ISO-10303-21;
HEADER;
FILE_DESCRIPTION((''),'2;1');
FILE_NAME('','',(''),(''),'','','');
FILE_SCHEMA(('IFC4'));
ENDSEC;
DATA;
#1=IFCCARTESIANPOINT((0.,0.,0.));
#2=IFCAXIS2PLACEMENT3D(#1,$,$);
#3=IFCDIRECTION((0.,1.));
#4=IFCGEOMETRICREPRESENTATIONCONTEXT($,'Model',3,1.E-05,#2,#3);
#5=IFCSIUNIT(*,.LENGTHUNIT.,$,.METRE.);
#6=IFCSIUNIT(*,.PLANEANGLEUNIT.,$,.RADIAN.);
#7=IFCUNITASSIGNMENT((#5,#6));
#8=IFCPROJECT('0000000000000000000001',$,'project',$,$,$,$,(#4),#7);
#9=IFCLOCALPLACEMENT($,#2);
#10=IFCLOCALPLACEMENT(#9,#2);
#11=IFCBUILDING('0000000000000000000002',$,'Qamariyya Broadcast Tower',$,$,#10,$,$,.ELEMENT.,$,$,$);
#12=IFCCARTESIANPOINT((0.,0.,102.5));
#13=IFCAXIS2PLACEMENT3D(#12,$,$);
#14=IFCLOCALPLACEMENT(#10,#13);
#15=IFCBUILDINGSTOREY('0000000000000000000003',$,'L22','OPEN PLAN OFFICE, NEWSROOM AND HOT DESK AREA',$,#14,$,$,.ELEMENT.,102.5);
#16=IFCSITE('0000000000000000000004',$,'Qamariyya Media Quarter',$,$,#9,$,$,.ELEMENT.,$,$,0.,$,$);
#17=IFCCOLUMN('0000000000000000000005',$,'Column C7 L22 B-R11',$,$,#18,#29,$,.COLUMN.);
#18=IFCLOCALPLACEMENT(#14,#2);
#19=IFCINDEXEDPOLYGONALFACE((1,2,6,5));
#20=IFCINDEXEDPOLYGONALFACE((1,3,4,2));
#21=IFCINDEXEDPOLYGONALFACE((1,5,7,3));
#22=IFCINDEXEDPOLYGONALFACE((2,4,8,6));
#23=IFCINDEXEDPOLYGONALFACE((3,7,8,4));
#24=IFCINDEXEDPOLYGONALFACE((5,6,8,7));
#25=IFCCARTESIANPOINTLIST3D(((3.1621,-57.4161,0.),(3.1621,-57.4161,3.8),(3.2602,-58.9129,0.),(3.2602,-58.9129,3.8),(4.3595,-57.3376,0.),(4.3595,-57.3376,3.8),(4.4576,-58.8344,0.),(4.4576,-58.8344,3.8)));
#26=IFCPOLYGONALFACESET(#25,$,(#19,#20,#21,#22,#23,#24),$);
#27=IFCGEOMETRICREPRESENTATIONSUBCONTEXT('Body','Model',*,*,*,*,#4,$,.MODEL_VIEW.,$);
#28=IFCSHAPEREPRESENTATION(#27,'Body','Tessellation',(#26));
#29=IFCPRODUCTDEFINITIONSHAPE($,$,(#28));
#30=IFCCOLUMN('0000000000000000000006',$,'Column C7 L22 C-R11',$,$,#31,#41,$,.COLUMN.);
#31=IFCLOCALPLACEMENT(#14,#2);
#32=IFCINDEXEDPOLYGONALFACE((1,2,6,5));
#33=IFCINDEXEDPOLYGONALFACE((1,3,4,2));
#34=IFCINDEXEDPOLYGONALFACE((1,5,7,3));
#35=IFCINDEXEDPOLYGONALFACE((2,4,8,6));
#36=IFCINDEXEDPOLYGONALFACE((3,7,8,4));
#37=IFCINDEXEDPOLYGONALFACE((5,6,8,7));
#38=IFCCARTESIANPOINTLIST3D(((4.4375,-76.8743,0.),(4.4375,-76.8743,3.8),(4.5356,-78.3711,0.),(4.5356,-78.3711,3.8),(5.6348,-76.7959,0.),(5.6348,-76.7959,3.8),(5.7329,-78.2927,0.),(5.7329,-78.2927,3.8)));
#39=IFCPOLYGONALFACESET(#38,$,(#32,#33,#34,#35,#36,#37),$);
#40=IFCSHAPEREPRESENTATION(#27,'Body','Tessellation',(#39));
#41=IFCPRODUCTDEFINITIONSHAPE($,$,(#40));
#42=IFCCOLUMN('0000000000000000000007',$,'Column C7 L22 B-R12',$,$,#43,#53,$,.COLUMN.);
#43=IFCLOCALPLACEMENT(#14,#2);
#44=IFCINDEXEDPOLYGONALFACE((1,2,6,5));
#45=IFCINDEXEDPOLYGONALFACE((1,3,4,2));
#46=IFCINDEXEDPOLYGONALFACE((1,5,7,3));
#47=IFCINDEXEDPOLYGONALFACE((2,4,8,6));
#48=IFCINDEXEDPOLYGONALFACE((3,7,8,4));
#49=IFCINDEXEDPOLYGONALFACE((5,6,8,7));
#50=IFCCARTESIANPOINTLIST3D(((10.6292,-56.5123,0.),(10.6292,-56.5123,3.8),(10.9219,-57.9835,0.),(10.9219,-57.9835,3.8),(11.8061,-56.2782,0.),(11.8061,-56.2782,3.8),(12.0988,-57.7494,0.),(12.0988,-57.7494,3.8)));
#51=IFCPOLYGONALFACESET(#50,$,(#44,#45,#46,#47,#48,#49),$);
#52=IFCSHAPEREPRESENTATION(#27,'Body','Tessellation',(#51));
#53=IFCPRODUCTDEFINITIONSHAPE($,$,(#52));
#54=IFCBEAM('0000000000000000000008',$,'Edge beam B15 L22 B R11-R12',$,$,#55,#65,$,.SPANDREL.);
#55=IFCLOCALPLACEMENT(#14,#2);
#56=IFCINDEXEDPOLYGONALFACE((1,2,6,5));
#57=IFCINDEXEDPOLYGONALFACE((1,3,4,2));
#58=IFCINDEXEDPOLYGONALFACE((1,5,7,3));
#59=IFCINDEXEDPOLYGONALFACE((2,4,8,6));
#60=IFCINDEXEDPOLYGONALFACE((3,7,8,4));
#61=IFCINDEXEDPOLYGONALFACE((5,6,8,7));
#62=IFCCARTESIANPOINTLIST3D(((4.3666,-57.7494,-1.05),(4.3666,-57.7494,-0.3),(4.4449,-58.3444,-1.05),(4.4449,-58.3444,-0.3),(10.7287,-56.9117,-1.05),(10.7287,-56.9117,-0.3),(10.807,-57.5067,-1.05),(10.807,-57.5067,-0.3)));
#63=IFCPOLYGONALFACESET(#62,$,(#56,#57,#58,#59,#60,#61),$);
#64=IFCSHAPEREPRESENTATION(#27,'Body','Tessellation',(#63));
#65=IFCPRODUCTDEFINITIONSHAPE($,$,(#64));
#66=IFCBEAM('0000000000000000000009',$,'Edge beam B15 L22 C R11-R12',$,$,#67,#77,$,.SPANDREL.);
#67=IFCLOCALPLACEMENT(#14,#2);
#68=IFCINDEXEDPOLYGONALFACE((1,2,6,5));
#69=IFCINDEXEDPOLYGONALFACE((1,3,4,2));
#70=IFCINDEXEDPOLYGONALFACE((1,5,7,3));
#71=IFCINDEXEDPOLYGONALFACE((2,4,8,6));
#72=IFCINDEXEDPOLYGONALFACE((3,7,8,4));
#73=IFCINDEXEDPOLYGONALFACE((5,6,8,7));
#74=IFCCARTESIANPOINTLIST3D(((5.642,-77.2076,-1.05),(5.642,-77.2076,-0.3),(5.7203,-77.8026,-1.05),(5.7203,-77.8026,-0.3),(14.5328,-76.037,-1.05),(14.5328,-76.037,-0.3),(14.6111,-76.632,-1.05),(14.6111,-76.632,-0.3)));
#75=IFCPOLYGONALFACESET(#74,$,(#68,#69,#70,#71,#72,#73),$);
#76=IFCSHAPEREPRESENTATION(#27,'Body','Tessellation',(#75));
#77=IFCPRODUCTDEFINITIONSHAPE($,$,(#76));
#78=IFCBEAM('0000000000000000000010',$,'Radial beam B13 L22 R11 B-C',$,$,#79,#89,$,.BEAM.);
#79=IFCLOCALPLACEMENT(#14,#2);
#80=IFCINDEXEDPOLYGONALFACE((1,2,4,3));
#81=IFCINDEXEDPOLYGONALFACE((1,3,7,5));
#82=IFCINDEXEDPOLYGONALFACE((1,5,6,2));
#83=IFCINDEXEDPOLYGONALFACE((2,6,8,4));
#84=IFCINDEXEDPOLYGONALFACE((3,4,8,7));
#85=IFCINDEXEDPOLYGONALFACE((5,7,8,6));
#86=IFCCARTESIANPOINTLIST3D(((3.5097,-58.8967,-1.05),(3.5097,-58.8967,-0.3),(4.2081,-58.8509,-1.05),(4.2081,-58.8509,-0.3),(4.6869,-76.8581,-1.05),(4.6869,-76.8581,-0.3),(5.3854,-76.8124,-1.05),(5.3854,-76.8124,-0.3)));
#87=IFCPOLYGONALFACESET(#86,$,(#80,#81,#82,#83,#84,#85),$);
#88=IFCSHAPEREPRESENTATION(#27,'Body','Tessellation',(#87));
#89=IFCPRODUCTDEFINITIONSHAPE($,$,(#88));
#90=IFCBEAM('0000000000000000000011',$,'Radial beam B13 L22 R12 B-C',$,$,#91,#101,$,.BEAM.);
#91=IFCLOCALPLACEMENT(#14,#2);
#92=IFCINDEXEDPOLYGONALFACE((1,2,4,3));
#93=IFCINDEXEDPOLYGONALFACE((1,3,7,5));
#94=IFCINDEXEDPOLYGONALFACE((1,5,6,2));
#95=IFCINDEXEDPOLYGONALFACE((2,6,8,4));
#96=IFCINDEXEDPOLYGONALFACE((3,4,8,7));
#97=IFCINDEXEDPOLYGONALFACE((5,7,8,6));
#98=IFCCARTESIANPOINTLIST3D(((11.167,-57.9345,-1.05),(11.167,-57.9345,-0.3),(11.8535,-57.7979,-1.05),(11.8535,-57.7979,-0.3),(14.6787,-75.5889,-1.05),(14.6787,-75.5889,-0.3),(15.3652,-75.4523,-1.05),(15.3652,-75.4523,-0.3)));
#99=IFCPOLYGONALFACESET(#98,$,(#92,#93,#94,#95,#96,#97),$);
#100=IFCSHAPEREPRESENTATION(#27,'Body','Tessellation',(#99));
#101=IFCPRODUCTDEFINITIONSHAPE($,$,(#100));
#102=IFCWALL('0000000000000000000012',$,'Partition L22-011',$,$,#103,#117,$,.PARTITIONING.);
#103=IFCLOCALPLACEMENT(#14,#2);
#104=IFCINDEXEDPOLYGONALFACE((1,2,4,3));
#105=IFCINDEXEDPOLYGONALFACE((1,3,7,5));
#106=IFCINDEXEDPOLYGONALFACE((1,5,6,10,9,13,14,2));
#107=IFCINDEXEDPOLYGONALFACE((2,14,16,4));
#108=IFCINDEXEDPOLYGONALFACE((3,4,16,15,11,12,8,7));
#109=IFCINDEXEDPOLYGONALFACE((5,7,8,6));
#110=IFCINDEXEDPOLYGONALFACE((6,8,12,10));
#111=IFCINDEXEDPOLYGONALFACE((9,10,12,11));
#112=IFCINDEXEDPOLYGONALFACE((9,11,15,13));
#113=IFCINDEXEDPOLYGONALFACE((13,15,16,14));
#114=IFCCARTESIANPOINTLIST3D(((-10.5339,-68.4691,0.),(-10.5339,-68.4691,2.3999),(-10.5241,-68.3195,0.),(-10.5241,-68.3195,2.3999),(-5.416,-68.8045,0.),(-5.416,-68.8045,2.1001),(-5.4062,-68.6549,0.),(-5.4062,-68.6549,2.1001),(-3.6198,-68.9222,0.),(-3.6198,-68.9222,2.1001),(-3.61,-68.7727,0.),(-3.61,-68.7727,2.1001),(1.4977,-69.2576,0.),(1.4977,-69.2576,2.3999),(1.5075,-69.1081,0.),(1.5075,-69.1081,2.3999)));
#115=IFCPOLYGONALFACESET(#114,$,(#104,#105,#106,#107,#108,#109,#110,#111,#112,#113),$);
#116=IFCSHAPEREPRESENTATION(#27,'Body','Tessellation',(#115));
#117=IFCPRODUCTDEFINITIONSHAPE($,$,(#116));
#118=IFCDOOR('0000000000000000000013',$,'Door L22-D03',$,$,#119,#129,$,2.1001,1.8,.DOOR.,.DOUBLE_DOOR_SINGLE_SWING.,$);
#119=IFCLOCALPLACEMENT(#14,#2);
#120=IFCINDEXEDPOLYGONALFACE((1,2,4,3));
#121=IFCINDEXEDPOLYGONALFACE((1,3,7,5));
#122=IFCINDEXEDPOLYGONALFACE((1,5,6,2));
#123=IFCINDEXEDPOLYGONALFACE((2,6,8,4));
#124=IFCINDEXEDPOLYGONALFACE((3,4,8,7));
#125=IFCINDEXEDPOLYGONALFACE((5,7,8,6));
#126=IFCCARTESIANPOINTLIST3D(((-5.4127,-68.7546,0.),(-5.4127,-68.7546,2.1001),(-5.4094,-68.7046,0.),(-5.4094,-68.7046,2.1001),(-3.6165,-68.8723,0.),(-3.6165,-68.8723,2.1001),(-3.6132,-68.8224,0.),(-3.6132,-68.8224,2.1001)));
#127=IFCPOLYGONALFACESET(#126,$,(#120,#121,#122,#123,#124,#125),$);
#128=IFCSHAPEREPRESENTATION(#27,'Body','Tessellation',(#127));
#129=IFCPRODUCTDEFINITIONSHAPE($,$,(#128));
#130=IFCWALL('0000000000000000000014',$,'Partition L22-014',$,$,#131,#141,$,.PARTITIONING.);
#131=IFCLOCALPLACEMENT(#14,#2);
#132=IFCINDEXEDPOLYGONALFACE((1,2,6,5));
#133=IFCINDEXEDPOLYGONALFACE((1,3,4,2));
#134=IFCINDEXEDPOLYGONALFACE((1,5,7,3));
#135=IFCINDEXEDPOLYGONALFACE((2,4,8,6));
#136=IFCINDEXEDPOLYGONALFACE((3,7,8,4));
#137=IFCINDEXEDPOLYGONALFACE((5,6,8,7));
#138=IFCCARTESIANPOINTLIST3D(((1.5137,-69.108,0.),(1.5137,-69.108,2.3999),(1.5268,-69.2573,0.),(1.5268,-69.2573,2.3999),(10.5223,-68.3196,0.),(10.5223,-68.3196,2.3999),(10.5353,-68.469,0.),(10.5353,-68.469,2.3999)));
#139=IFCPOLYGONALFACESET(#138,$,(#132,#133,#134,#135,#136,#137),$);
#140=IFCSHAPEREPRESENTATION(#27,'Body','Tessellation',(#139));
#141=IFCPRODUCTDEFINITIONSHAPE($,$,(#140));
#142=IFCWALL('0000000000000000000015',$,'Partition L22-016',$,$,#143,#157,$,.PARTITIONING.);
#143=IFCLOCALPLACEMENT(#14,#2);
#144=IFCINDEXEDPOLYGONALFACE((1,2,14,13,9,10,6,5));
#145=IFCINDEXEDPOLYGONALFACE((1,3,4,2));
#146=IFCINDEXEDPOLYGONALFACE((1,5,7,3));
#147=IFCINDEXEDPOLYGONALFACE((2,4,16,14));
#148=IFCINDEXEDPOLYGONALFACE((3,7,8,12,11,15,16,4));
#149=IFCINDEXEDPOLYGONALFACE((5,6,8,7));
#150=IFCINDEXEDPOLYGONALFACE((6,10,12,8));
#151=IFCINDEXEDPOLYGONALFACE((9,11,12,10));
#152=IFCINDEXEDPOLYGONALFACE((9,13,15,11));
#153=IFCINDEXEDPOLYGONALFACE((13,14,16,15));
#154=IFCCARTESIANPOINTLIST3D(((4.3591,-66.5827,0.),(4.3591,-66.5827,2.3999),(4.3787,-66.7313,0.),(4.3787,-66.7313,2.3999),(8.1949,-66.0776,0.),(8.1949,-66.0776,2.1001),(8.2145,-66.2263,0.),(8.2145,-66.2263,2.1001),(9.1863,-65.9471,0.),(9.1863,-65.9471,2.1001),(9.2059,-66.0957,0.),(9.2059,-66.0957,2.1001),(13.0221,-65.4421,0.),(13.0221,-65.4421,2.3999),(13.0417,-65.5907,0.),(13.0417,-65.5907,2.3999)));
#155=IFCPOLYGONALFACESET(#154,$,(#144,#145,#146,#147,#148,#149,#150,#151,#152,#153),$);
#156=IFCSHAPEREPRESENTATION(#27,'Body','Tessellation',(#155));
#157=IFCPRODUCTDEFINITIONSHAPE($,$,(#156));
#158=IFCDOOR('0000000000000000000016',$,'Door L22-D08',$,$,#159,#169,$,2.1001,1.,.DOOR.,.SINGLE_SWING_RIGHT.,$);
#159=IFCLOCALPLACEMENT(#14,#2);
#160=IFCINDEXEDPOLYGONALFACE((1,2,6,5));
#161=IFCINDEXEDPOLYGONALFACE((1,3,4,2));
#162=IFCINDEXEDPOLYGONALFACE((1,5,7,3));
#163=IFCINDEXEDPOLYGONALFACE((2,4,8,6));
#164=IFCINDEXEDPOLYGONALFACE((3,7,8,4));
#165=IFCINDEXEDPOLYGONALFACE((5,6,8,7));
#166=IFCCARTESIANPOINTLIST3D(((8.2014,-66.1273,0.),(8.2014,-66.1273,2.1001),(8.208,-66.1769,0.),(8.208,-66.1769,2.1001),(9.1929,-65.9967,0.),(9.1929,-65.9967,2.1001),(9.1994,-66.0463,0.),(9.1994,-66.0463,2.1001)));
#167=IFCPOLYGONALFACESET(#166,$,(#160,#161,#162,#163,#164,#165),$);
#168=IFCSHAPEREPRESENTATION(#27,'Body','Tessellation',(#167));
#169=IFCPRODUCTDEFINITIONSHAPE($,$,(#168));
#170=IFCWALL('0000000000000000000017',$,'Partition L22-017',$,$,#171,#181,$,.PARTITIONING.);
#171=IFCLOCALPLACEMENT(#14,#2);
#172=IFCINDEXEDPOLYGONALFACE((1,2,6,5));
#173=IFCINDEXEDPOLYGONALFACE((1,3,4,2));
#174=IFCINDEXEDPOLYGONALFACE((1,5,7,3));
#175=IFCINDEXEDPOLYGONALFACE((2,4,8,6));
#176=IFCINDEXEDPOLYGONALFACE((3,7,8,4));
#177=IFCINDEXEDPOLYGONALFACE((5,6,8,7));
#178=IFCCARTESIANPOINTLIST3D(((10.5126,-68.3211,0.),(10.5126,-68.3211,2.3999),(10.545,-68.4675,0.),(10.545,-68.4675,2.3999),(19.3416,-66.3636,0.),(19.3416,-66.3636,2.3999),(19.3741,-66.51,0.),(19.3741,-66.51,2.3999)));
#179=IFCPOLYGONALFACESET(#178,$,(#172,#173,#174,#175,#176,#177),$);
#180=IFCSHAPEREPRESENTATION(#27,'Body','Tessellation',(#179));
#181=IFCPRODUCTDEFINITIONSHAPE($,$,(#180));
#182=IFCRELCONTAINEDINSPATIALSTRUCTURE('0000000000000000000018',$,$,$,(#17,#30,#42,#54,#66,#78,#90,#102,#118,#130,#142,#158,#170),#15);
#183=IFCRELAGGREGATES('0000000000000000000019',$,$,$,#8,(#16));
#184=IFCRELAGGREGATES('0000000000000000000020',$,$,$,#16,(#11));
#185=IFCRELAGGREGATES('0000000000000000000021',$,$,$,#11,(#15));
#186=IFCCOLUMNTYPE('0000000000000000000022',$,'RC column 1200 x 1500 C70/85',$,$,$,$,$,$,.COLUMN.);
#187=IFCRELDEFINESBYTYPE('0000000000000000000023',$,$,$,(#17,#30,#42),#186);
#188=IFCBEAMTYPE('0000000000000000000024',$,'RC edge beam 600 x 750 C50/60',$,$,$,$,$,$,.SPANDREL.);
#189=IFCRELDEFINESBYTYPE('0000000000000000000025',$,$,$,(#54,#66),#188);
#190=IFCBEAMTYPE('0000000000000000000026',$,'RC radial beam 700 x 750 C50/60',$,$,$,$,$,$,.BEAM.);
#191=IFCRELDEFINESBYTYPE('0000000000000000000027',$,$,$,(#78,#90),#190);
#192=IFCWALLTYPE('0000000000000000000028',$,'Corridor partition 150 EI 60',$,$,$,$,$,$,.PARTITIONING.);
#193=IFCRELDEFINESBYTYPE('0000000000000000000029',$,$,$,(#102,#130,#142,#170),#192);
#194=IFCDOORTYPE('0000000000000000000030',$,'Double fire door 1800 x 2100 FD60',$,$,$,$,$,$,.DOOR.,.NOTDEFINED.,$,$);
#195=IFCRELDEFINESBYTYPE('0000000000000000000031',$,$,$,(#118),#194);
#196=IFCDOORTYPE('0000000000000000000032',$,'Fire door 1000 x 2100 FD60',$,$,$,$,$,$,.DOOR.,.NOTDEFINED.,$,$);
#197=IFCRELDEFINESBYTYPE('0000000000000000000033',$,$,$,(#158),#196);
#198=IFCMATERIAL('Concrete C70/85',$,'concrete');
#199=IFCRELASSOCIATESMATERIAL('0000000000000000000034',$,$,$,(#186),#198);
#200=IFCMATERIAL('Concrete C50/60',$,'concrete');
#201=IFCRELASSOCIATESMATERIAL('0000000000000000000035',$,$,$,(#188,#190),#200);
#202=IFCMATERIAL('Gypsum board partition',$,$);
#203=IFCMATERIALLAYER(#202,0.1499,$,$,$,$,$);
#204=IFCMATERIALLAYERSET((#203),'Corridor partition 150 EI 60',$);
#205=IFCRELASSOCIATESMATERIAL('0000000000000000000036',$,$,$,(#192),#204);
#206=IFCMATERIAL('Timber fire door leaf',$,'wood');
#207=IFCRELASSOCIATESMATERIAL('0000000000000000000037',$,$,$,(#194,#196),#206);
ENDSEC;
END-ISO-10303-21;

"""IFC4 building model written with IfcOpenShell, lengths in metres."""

from ifc_helpers import new_model, si_unit, direction, frame, frame_2d, origin, origin_2d, place, context, subcontext, project, spatial, rectangle, extrude, material, layer, layer_set, material_profile, profile_set, type_object, element, fill, save


model = new_model("IFC4")

# Units and contexts
model_context = context("Model", 3, precision=1e-05, world=origin(), true_north=direction((0.0, 1.0)))
body_context = subcontext(model_context, "Body", "Model", "MODEL_VIEW")
ifc_project = project(units=[si_unit("LENGTHUNIT", "METRE"), si_unit("PLANEANGLEUNIT", "RADIAN")], contexts=[model_context])

# Site, building, storey
site_placement = place(None, origin())
site = spatial("IfcSite", under=ifc_project, at=site_placement, Name="Qamariyya Media Quarter", CompositionType="ELEMENT", RefElevation=0.0)
building_placement = place(site_placement, origin())
building = spatial("IfcBuilding", under=site, at=building_placement, Name="Qamariyya Broadcast Tower", CompositionType="ELEMENT")
storey_placement = place(building_placement, frame((0.0, 0.0, 102.5)))
storey = spatial("IfcBuildingStorey", under=building, at=storey_placement, Name="L22", Description="OPEN PLAN OFFICE, NEWSROOM AND HOT DESK AREA", CompositionType="ELEMENT", Elevation=102.5)

# Columns
ifc_material_1 = material(Name="Concrete C70/85", Category="concrete")
ifc_material_profile_1 = material_profile(ifc_material_1, rectangle(XDim=1.2, YDim=1.5, at=origin_2d()))
ifc_profile_set_1 = profile_set([ifc_material_profile_1], Name="Concrete C70/85")
column_type = type_object("IfcColumnType", Name="RC column 1200 x 1500 C70/85", PredefinedType="COLUMN", material=ifc_profile_set_1)
for number, where, z_axis, x_axis, name in (
    (1, (3.8098, -58.1252, 0.0), (0.0, 0.0, 1.0), (0.997859, 0.065403, 0.0), "Column C7 L22 B-R11"),
    (2, (5.0852, -77.5835, 0.0), (0.0, 0.0, 1.0), (0.997859, 0.065403, 0.0), "Column C7 L22 C-R11"),
    (3, (11.364, -57.1309, 0.0), (0.0, 0.0, 1.0), (0.980785, 0.19509, 0.0), "Column C7 L22 B-R12"),
):
    element("IfcColumn", number, at=place(storey_placement, frame(where, z_axis=z_axis, x_axis=x_axis)), inside=storey, type_object=column_type, Name=name, PredefinedType="COLUMN", context=body_context, shape_type="SweptSolid", body=[
        extrude(rectangle(XDim=1.2, YDim=1.5, at=origin_2d()), origin(), (0.0, 0.0, 1.0), 3.8),
    ])

# Beams
ifc_material_2 = material(Name="Concrete C50/60", Category="concrete")
ifc_material_profile_2 = material_profile(ifc_material_2, rectangle(XDim=0.6001, YDim=0.75, at=origin_2d()))
ifc_profile_set_2 = profile_set([ifc_material_profile_2], Name="Concrete C50/60")
beam_type_1 = type_object("IfcBeamType", Name="RC edge beam 600 x 750 C50/60", PredefinedType="SPANDREL", material=ifc_profile_set_2)
beam_1_placement = place(storey_placement, frame((4.4058, -58.0469, -0.675), z_axis=(0.991444, 0.130536, 0.0), x_axis=(-0.130536, 0.991444, 0.0)))
element("IfcBeam", 4, at=beam_1_placement, inside=storey, type_object=beam_type_1, Name="Edge beam B15 L22 B R11-R12", PredefinedType="SPANDREL", context=body_context, shape_type="SweptSolid", body=[
    extrude(rectangle(XDim=0.6001, YDim=0.75, at=origin_2d()), origin(), (0.0, 0.0, 1.0), 6.417),
])
beam_2_placement = place(storey_placement, frame((5.6812, -77.5051, -0.675), z_axis=(0.991443, 0.130543, 0.0), x_axis=(-0.130543, 0.991443, 0.0)))
element("IfcBeam", 5, at=beam_2_placement, inside=storey, type_object=beam_type_1, Name="Edge beam B15 L22 C R11-R12", PredefinedType="SPANDREL", context=body_context, shape_type="SweptSolid", body=[
    extrude(rectangle(XDim=0.6001, YDim=0.75, at=origin_2d()), origin(), (0.0, 0.0, 1.0), 8.9675),
])
ifc_material_profile_3 = material_profile(ifc_material_2, rectangle(XDim=0.7, YDim=0.75, at=origin_2d()))
ifc_profile_set_3 = profile_set([ifc_material_profile_3], Name="Concrete C50/60")
beam_type_2 = type_object("IfcBeamType", Name="RC radial beam 700 x 750 C50/60", PredefinedType="BEAM", material=ifc_profile_set_3)
beam_3_placement = place(storey_placement, frame((3.8589, -58.8738, -0.675), z_axis=(0.065403, -0.997859, 0.0), x_axis=(0.997859, 0.065403, 0.0)))
element("IfcBeam", 6, at=beam_3_placement, inside=storey, type_object=beam_type_2, Name="Radial beam B13 L22 R11 B-C", PredefinedType="BEAM", context=body_context, shape_type="SweptSolid", body=[
    extrude(rectangle(XDim=0.7, YDim=0.75, at=origin_2d()), origin(), (0.0, 0.0, 1.0), 18.0),
])
beam_4_placement = place(storey_placement, frame((11.5103, -57.8662, -0.675), z_axis=(0.195094, -0.980785, 0.0), x_axis=(0.980785, 0.195094, 0.0)))
element("IfcBeam", 7, at=beam_4_placement, inside=storey, type_object=beam_type_2, Name="Radial beam B13 L22 R12 B-C", PredefinedType="BEAM", context=body_context, shape_type="SweptSolid", body=[
    extrude(rectangle(XDim=0.7, YDim=0.75, at=origin_2d()), origin(), (0.0, 0.0, 1.0), 18.0002),
])

# Wall, opening, door
ifc_material_3 = material(Name="Gypsum board partition")
ifc_layer = layer(ifc_material_3, 0.1499)
ifc_layer_set = layer_set([ifc_layer], Name="Corridor partition 150 EI 60")
wall_type = type_object("IfcWallType", Name="Corridor partition 150 EI 60", PredefinedType="PARTITIONING", material=ifc_layer_set)
wall_1_placement = place(storey_placement, frame((1.5027, -69.1829, 0.0), z_axis=(0.0, 0.0, 1.0), x_axis=(-0.997859, 0.065402, 0.0)))
wall_1 = element("IfcWall", 8, at=wall_1_placement, inside=storey, type_object=wall_type, Name="Partition L22-011", PredefinedType="PARTITIONING", context=body_context, shape_type="SweptSolid", body=[
    extrude(rectangle(XDim=12.0574, YDim=0.1499, at=frame_2d((6.0288, 0.0))), origin(), (0.0, 0.0, 1.0), 2.3999),
])
opening_1_placement = place(wall_1_placement, frame((5.1287, 0.0, 0.0)))
opening_1 = element("IfcOpeningElement", 9, at=opening_1_placement, cuts=wall_1, PredefinedType="OPENING", context=body_context, shape_type="SweptSolid", body=[
    extrude(rectangle(XDim=1.8, YDim=2.1001, at=frame_2d((0.8999, 1.05))), frame((0.0, 0.085, 0.0), z_axis=(0.0, -1.0, 0.0), x_axis=(1.0, 0.0, 0.0)), (0.0, 0.0, 1.0), 0.1699),
])
ifc_material_4 = material(Name="Timber fire door leaf", Category="wood")
door_type_1 = type_object("IfcDoorType", Name="Double fire door 1800 x 2100 FD60", OperationType="NOTDEFINED", PredefinedType="DOOR", material=ifc_material_4)
door_1_placement = place(opening_1_placement, origin())
door_1 = element("IfcDoor", 10, at=door_1_placement, inside=storey, type_object=door_type_1, Name="Door L22-D03", OperationType="DOUBLE_DOOR_SINGLE_SWING", OverallHeight=2.1001, OverallWidth=1.8, PredefinedType="DOOR", context=body_context, shape_type="SweptSolid", body=[
    extrude(rectangle(XDim=1.8, YDim=2.1001, at=frame_2d((0.8999, 1.05))), frame((0.0, 0.0249, 0.0), z_axis=(0.0, -1.0, 0.0), x_axis=(1.0, 0.0, 0.0)), (0.0, 0.0, 1.0), 0.05),
])
fill(opening_1, door_1)

# Wall
wall_2_placement = place(storey_placement, frame((1.5203, -69.1826, 0.0), z_axis=(0.0, 0.0, 1.0), x_axis=(0.996193, 0.087176, 0.0)))
element("IfcWall", 11, at=wall_2_placement, inside=storey, type_object=wall_type, Name="Partition L22-014", PredefinedType="PARTITIONING", context=body_context, shape_type="SweptSolid", body=[
    extrude(rectangle(XDim=9.043, YDim=0.1499, at=frame_2d((4.5215, 0.0))), origin(), (0.0, 0.0, 1.0), 2.3999),
])

# Wall, opening, door
wall_3_placement = place(storey_placement, frame((4.3689, -66.657, 0.0), z_axis=(0.0, 0.0, 1.0), x_axis=(0.991443, 0.130538, 0.0)))
wall_3 = element("IfcWall", 12, at=wall_3_placement, inside=storey, type_object=wall_type, Name="Partition L22-016", PredefinedType="PARTITIONING", context=body_context, shape_type="SweptSolid", body=[
    extrude(rectangle(XDim=8.7378, YDim=0.1499, at=frame_2d((4.3689, 0.0))), origin(), (0.0, 0.0, 1.0), 2.3999),
])
opening_2_placement = place(wall_3_placement, frame((3.8689, 0.0, 0.0)))
opening_2 = element("IfcOpeningElement", 13, at=opening_2_placement, cuts=wall_3, PredefinedType="OPENING", context=body_context, shape_type="SweptSolid", body=[
    extrude(rectangle(XDim=1.0, YDim=2.1001, at=frame_2d((0.5, 1.05))), frame((0.0, 0.085, 0.0), z_axis=(0.0, -1.0, 0.0), x_axis=(1.0, 0.0, 0.0)), (0.0, 0.0, 1.0), 0.1699),
])
door_type_2 = type_object("IfcDoorType", Name="Fire door 1000 x 2100 FD60", OperationType="NOTDEFINED", PredefinedType="DOOR", material=ifc_material_4)
door_2_placement = place(opening_2_placement, origin())
door_2 = element("IfcDoor", 14, at=door_2_placement, inside=storey, type_object=door_type_2, Name="Door L22-D08", OperationType="SINGLE_SWING_RIGHT", OverallHeight=2.1001, OverallWidth=1.0, PredefinedType="DOOR", context=body_context, shape_type="SweptSolid", body=[
    extrude(rectangle(XDim=1.0, YDim=2.1001, at=frame_2d((0.5, 1.05))), frame((0.0, 0.0249, 0.0), z_axis=(0.0, -1.0, 0.0), x_axis=(1.0, 0.0, 0.0)), (0.0, 0.0, 1.0), 0.05),
])
fill(opening_2, door_2)

# Wall
wall_4_placement = place(storey_placement, frame((10.5288, -68.3943, 0.0), z_axis=(0.0, 0.0, 1.0), x_axis=(0.976292, 0.216456, 0.0)))
element("IfcWall", 15, at=wall_4_placement, inside=storey, type_object=wall_type, Name="Partition L22-017", PredefinedType="PARTITIONING", context=body_context, shape_type="SweptSolid", body=[
    extrude(rectangle(XDim=9.0435, YDim=0.1499, at=frame_2d((4.5217, 0.0))), origin(), (0.0, 0.0, 1.0), 2.3999),
])

save(model, "model.ifc")
